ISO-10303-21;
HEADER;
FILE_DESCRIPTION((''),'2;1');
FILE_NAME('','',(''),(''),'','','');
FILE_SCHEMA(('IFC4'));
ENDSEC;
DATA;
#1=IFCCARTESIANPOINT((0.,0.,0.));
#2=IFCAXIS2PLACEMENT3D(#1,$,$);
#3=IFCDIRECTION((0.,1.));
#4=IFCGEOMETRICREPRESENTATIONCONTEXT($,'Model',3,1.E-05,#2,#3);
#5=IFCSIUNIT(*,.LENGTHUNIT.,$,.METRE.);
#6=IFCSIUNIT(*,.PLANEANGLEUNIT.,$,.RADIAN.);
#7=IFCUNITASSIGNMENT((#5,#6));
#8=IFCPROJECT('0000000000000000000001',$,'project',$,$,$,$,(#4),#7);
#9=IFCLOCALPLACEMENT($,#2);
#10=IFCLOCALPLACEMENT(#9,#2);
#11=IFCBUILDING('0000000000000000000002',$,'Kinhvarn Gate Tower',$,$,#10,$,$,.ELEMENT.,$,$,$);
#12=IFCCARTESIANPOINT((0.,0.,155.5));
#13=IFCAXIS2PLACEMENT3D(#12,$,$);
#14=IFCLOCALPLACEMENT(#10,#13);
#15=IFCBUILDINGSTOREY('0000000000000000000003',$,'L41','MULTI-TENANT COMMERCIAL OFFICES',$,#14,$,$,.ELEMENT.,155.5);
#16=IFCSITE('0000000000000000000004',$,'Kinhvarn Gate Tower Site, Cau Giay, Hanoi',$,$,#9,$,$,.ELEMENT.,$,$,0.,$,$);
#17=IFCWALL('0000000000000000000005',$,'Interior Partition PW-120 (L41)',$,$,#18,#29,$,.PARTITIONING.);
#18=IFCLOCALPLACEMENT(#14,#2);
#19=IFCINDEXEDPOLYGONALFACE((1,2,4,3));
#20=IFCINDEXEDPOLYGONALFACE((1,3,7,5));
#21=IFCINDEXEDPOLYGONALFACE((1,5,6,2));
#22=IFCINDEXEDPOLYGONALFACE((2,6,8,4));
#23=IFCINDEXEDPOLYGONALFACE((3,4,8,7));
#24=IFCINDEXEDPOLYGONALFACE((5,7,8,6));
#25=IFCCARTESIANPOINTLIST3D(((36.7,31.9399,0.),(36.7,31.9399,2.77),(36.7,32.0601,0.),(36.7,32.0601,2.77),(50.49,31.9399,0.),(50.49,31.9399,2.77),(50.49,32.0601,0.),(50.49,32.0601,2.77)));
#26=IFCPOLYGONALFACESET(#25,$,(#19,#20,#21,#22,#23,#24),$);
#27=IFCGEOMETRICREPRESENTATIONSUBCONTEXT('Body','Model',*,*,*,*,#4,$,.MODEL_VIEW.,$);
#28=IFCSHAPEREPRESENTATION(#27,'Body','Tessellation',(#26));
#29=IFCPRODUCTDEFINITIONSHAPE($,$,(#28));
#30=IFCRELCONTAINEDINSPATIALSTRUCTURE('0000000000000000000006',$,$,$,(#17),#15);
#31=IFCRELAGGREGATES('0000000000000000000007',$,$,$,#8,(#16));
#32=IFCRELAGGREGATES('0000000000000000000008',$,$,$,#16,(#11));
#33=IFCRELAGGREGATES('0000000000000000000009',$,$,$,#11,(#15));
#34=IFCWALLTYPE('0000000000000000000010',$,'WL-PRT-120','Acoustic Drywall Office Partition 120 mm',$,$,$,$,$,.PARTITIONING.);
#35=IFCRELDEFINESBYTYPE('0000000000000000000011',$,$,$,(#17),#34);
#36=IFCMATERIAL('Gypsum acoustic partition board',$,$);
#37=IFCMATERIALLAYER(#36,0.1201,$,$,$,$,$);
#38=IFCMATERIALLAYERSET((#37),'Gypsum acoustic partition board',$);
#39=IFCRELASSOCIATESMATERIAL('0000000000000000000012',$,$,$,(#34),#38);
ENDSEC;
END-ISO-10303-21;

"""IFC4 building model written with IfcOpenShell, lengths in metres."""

from ifc_helpers import new_model, si_unit, direction, frame, frame_2d, origin, place, context, subcontext, project, spatial, rectangle, extrude, material, layer, layer_set, type_object, element, save


model = new_model("IFC4")

# Units and contexts
model_context = context("Model", 3, precision=1e-05, world=origin(), true_north=direction((0.0, 1.0)))
body_context = subcontext(model_context, "Body", "Model", "MODEL_VIEW")
ifc_project = project(units=[si_unit("LENGTHUNIT", "METRE"), si_unit("PLANEANGLEUNIT", "RADIAN")], contexts=[model_context])

# Site, building, storey
site_placement = place(None, origin())
site = spatial("IfcSite", under=ifc_project, at=site_placement, Name="Kinhvarn Gate Tower Site, Cau Giay, Hanoi", CompositionType="ELEMENT", RefElevation=0.0)
building_placement = place(site_placement, origin())
building = spatial("IfcBuilding", under=site, at=building_placement, Name="Kinhvarn Gate Tower", CompositionType="ELEMENT")
storey_placement = place(building_placement, frame((0.0, 0.0, 155.5)))
storey = spatial("IfcBuildingStorey", under=building, at=storey_placement, Name="L41", Description="MULTI-TENANT COMMERCIAL OFFICES", CompositionType="ELEMENT", Elevation=155.5)

# Wall
ifc_material_1 = material(Name="Gypsum acoustic partition board")
ifc_layer_1 = layer(ifc_material_1, 0.1201)
ifc_layer_set_1 = layer_set([ifc_layer_1], Name="Gypsum acoustic partition board")
wall_type = type_object("IfcWallType", Name="WL-PRT-120", Description="Acoustic Drywall Office Partition 120 mm", PredefinedType="PARTITIONING", material=ifc_layer_set_1)
wall_placement = place(storey_placement, frame((36.7, 32.0, 0.0), z_axis=(0.0, 0.0, 1.0), x_axis=(1.0, 0.0, 0.0)))
element("IfcWall", 1, at=wall_placement, inside=storey, type_object=wall_type, Name="Interior Partition PW-120 (L41)", PredefinedType="PARTITIONING", context=body_context, shape_type="SweptSolid", body=[
    extrude(rectangle(XDim=13.79, YDim=0.1201, at=frame_2d((6.895, 0.0))), origin(), (0.0, 0.0, 1.0), 2.77),
])

save(model, "model.ifc")
